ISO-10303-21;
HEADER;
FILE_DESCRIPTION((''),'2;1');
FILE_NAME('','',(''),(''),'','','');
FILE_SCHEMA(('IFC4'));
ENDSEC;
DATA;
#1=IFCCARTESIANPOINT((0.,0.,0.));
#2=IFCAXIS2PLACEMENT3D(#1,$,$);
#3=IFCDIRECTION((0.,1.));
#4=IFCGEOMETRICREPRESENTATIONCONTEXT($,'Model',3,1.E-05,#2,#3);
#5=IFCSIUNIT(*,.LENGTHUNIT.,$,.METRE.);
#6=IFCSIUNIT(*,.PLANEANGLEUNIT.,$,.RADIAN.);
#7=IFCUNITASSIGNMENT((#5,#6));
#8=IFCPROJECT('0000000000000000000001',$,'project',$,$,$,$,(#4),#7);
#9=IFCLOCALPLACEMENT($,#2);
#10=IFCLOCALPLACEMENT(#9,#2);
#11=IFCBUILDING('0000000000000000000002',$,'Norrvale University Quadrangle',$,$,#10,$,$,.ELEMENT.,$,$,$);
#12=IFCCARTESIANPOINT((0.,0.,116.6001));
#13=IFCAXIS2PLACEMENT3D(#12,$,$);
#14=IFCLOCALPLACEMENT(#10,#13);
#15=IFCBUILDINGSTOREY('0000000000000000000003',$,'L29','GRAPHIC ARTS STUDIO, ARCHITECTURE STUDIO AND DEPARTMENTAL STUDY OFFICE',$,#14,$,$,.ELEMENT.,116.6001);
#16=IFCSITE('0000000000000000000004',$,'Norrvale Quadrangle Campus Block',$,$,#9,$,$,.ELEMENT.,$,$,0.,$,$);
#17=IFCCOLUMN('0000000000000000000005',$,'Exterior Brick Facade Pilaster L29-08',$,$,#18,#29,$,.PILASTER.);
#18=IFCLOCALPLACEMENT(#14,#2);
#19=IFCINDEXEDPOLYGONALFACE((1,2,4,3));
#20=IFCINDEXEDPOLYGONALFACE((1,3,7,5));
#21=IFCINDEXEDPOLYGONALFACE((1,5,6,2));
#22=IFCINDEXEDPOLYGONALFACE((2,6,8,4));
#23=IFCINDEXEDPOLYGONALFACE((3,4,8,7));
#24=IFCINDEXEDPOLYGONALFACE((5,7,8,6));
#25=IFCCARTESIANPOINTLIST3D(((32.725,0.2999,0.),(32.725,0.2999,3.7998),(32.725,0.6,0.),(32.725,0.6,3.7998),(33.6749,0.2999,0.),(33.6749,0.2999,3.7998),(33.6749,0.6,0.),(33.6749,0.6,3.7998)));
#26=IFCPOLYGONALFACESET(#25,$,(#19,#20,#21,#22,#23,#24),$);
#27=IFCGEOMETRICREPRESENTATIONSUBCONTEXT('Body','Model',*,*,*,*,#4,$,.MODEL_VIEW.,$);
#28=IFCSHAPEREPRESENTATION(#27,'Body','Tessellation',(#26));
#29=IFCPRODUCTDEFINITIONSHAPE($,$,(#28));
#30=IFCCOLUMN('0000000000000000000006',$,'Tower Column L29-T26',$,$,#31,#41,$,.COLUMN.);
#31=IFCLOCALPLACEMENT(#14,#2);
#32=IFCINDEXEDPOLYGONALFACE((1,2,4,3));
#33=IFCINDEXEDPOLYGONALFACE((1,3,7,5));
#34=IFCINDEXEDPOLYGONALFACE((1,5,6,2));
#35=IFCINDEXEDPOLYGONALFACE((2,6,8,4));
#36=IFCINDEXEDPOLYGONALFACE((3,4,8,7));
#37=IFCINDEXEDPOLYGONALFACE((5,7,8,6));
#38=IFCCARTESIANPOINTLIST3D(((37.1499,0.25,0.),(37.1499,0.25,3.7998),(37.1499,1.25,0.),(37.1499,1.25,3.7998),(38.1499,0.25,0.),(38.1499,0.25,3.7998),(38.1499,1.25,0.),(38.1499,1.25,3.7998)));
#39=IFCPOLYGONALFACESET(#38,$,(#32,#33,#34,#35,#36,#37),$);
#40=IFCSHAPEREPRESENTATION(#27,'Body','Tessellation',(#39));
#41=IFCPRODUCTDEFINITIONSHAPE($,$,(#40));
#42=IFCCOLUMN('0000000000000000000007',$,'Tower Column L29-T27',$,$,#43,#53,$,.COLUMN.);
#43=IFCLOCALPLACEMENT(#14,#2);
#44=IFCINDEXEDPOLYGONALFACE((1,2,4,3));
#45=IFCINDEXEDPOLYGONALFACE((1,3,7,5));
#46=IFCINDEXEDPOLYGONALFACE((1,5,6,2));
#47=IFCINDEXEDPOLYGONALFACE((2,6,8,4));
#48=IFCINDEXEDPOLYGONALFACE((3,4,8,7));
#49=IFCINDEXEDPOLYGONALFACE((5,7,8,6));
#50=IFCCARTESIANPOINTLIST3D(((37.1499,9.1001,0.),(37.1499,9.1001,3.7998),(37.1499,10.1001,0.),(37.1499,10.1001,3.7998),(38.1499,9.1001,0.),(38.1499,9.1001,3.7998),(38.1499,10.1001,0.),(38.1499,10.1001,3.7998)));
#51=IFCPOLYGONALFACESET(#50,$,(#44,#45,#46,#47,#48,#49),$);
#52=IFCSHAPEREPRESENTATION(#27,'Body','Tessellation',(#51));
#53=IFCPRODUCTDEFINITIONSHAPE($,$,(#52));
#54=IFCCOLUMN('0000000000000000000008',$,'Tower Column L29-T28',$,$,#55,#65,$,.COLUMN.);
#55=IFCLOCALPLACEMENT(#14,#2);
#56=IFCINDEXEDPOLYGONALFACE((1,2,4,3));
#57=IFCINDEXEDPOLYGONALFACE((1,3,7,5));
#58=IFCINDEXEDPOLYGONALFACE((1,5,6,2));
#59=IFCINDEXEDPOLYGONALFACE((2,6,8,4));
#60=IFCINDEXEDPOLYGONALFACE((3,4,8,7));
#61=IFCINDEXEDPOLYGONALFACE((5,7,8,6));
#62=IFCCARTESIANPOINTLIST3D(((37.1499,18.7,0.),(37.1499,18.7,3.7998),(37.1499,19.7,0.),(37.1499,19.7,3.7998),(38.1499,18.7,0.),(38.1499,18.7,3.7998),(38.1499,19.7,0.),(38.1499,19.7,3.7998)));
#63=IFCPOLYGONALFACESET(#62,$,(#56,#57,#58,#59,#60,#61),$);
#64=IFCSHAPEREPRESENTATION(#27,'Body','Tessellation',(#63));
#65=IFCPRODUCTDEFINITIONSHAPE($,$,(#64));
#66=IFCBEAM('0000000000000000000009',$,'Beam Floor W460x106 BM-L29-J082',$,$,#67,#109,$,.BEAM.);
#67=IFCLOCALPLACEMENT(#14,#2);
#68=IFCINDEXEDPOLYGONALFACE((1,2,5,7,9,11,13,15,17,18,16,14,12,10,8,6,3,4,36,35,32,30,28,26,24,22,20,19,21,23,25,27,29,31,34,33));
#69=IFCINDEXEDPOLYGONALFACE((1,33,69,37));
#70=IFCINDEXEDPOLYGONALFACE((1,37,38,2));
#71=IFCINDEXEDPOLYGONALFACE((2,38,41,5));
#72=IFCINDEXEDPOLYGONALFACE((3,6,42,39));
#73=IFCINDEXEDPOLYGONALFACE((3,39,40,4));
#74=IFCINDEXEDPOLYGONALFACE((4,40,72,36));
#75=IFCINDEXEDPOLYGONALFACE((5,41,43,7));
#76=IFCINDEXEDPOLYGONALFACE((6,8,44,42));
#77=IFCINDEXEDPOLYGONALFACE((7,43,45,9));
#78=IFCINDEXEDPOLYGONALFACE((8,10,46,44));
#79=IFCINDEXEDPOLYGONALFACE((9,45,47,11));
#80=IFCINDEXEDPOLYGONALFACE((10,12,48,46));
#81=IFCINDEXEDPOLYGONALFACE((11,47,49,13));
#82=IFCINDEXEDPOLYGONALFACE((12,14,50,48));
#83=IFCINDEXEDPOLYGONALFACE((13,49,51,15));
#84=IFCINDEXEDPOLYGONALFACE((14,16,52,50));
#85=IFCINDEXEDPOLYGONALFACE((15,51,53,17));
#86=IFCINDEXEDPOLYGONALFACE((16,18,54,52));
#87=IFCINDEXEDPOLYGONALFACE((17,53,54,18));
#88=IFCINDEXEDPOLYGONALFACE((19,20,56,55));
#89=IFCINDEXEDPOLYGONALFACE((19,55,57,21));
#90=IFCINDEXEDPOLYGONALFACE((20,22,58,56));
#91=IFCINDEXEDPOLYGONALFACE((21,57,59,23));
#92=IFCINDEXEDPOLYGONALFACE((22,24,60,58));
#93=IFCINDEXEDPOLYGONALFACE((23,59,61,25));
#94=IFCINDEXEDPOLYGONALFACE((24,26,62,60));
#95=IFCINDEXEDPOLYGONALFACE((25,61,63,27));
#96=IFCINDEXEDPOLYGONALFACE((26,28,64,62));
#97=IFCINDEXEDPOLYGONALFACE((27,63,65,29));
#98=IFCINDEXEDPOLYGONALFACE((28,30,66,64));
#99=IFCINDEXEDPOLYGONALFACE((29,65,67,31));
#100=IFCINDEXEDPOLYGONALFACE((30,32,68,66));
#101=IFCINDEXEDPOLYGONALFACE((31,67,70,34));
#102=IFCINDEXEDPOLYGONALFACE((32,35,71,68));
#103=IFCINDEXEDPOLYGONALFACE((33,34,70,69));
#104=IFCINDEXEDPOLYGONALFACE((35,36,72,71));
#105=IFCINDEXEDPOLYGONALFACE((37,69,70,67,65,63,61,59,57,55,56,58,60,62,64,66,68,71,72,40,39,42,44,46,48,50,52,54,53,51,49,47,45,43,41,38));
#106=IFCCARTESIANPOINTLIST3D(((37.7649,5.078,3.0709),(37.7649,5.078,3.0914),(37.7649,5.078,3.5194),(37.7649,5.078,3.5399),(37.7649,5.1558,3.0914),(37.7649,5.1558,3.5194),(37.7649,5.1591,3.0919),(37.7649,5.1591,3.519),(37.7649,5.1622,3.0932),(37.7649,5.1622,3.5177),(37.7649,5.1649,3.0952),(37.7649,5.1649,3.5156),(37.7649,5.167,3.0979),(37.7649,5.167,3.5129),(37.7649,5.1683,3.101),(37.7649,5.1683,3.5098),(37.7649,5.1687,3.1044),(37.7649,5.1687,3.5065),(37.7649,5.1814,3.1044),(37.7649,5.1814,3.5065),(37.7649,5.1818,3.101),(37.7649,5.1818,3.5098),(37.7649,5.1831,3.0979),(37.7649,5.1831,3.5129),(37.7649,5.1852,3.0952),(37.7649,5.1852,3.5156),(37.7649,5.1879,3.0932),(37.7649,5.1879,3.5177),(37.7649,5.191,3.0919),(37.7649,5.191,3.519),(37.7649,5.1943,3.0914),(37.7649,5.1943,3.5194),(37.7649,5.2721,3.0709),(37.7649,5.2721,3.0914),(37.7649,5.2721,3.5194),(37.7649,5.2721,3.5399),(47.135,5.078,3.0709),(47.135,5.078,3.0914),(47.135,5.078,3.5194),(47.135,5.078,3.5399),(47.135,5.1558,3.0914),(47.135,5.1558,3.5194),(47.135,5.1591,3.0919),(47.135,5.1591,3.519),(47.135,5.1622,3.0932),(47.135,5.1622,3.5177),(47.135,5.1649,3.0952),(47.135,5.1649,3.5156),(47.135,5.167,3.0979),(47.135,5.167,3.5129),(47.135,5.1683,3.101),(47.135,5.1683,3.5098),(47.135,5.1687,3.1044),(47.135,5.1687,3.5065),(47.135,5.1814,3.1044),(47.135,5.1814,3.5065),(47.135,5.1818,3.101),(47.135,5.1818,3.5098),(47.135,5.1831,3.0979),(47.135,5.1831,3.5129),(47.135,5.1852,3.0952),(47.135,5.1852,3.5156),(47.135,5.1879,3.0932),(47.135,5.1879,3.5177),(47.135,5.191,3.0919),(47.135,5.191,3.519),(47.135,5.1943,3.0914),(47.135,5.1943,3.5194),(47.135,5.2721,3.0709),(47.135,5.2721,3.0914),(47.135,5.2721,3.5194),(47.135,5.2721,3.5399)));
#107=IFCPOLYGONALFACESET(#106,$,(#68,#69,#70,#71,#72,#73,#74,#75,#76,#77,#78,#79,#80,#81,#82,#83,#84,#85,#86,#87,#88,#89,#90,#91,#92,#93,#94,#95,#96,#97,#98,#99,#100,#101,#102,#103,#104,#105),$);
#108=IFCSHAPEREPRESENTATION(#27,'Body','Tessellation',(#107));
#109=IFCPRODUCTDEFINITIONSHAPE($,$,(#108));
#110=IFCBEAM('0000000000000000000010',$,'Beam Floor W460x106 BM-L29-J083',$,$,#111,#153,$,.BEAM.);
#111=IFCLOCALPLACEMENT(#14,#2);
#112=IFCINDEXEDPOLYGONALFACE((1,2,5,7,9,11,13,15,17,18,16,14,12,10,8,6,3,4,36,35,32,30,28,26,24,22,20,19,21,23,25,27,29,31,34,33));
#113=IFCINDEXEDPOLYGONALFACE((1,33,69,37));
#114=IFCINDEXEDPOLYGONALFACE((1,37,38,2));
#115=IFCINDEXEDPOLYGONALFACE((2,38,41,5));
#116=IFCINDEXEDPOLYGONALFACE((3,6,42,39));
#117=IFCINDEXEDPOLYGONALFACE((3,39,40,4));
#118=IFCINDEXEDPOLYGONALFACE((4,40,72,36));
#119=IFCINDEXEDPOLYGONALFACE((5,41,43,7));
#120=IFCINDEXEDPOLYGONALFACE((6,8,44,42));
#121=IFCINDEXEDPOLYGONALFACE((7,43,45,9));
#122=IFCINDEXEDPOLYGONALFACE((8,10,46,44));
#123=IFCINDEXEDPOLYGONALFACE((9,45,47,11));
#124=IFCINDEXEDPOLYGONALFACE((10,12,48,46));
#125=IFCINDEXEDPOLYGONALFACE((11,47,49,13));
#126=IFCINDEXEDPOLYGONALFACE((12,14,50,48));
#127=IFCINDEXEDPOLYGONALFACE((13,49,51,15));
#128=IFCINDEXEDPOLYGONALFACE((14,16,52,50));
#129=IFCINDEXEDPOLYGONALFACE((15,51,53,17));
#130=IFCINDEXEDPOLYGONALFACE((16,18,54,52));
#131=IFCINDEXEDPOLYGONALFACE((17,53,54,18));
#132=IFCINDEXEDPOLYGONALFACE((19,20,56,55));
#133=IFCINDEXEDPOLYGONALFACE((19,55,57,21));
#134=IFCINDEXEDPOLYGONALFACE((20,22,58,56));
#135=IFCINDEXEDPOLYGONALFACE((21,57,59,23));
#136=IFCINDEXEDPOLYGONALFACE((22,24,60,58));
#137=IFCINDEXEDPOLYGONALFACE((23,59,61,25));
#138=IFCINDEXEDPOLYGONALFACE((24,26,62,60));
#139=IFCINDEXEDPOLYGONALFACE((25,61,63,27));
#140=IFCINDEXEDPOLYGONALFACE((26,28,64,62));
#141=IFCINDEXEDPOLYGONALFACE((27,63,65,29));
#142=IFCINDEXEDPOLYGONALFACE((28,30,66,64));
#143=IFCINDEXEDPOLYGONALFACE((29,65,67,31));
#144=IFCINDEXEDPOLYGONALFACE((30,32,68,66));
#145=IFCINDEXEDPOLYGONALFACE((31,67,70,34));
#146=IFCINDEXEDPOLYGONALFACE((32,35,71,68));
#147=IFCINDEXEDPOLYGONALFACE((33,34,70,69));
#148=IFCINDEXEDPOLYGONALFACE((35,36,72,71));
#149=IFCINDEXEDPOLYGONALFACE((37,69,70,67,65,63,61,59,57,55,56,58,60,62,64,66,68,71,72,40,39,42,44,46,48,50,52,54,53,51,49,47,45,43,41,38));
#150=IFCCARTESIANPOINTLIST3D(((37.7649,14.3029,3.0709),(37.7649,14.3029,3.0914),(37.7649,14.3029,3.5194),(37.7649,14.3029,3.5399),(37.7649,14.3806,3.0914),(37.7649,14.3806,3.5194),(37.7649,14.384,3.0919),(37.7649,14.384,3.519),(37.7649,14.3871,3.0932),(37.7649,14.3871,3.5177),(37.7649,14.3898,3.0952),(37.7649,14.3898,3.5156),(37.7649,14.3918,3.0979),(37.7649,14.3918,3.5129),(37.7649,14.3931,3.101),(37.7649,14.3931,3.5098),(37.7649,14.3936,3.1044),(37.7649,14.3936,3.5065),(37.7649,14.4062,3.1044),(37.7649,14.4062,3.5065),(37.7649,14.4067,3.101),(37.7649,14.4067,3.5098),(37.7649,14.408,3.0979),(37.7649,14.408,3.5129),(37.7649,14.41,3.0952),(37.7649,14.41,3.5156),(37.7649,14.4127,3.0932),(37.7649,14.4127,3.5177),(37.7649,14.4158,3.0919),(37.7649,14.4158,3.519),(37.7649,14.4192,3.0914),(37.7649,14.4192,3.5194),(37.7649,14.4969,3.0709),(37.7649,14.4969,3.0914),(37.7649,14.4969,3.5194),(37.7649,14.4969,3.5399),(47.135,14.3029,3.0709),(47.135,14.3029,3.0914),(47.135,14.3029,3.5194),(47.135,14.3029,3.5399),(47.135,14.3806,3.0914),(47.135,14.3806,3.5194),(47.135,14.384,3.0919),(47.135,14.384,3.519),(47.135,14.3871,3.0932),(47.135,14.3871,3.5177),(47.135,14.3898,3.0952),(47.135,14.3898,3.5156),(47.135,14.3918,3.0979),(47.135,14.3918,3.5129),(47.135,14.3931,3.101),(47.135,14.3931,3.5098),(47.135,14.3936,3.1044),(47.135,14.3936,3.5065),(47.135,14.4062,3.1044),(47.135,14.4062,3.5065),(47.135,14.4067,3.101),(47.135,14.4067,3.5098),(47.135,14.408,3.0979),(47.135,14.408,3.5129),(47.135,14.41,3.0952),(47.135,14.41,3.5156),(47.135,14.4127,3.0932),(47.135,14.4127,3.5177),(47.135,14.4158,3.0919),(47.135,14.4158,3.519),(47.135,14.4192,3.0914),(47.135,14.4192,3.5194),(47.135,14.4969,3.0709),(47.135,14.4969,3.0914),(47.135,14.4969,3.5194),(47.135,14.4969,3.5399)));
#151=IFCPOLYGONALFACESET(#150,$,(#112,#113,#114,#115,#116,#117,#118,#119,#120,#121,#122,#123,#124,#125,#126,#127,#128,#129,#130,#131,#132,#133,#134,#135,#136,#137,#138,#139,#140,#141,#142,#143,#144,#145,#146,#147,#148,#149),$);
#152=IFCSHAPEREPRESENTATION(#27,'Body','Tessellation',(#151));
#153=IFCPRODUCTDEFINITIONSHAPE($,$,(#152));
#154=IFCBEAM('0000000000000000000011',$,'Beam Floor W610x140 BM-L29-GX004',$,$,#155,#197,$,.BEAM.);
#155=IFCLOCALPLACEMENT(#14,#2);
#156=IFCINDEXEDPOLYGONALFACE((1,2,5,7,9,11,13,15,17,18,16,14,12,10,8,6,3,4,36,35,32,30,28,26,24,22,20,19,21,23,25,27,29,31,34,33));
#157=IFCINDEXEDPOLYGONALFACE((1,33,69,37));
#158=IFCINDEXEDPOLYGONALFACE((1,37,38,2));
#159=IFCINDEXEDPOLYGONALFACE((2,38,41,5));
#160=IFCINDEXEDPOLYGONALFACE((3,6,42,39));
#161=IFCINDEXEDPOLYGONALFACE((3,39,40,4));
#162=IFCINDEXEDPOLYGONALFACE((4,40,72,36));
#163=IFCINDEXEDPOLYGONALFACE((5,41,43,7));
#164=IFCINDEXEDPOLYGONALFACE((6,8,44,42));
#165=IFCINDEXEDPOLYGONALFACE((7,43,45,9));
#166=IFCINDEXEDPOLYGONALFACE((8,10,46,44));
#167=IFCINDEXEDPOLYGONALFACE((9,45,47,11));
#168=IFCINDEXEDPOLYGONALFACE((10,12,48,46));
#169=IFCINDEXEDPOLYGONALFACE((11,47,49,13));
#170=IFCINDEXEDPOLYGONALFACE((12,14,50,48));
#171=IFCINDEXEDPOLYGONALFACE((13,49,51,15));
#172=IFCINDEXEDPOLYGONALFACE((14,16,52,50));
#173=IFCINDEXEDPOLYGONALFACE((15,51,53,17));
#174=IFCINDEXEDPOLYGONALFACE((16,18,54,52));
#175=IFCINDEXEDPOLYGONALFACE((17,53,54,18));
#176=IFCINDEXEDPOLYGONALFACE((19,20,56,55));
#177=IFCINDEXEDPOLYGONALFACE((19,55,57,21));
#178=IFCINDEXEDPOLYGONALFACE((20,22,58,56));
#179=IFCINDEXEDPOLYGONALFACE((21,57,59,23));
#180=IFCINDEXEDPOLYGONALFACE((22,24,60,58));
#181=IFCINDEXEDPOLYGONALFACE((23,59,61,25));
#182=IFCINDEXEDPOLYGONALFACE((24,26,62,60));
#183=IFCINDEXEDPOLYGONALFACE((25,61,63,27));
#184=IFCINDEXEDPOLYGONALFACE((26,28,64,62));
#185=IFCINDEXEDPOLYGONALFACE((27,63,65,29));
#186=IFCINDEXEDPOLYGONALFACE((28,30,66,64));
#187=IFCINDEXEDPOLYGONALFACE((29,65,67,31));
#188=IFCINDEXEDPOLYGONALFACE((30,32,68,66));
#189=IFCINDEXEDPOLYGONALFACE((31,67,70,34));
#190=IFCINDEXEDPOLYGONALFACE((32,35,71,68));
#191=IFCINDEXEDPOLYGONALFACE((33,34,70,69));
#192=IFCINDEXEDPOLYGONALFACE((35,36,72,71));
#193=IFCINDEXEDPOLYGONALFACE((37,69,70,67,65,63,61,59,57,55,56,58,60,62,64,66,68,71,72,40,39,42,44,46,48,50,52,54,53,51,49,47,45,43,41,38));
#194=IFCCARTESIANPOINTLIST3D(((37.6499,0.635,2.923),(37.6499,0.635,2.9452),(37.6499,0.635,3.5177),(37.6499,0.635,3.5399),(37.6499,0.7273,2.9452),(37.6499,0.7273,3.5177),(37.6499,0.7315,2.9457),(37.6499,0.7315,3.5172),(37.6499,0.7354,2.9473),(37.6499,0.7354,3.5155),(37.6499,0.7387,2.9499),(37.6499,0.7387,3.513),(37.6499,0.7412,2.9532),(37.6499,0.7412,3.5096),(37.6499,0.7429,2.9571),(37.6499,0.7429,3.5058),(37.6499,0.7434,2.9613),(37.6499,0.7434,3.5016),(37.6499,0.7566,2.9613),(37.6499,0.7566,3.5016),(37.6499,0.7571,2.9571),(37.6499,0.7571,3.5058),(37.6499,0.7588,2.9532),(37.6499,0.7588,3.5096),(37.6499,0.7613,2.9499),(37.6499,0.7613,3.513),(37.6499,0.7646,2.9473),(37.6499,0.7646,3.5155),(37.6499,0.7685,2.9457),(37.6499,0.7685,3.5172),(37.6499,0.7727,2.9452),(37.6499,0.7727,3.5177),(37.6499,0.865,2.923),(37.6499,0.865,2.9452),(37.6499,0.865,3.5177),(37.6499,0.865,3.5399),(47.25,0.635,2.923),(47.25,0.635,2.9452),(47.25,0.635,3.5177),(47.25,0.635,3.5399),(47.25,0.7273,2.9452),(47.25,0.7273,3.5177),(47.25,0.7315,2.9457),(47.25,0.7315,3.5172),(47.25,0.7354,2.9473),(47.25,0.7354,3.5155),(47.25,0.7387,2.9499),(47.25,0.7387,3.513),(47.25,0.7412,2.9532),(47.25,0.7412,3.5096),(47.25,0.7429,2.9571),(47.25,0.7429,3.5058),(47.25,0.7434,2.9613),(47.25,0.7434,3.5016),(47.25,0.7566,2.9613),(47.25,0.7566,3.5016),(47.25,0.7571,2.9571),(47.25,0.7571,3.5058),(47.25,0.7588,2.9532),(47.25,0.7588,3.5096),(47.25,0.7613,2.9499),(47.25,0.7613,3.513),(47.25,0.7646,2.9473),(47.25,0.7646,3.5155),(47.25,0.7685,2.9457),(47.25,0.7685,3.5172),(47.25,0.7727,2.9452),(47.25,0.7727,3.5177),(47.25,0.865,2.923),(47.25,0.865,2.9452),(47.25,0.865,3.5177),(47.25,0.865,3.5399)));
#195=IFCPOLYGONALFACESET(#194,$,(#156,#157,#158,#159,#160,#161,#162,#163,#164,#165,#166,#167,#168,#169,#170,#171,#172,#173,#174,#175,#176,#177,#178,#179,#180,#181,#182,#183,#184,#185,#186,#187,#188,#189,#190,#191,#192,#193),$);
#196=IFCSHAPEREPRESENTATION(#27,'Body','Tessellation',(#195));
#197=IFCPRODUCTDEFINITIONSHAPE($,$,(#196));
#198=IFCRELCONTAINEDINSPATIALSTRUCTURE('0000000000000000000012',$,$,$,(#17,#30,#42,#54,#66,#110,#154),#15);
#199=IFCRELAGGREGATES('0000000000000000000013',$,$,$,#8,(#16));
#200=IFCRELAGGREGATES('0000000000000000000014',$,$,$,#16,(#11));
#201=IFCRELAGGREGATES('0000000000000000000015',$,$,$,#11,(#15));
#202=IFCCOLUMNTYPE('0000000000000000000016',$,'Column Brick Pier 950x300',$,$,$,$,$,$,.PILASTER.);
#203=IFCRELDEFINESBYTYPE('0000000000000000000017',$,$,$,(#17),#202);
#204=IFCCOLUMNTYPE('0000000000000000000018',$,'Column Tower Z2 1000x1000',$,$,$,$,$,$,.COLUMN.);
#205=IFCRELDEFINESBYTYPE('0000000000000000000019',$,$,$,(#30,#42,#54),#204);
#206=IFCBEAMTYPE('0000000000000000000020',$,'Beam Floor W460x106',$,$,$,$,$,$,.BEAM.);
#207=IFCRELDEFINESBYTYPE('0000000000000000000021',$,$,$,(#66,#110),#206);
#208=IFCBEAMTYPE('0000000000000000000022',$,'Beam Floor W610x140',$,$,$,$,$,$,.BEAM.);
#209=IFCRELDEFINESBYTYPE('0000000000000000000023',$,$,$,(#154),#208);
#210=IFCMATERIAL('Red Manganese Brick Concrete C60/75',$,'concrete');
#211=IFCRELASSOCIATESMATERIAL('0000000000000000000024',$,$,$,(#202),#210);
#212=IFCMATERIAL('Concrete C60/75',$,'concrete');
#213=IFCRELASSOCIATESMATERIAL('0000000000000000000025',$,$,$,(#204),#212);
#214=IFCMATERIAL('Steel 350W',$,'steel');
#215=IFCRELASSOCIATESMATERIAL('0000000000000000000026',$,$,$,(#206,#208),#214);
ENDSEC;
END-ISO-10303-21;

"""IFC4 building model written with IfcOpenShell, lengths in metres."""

from ifc_helpers import new_model, si_unit, direction, frame, origin, origin_2d, place, context, subcontext, project, spatial, rectangle, i_section, extrude, material, material_profile, profile_set, type_object, element, save


model = new_model("IFC4")

# Units and contexts
model_context = context("Model", 3, precision=1e-05, world=origin(), true_north=direction((0.0, 1.0)))
body_context = subcontext(model_context, "Body", "Model", "MODEL_VIEW")
ifc_project = project(units=[si_unit("LENGTHUNIT", "METRE"), si_unit("PLANEANGLEUNIT", "RADIAN")], contexts=[model_context])

# Site, building, storey
site_placement = place(None, origin())
site = spatial("IfcSite", under=ifc_project, at=site_placement, Name="Norrvale Quadrangle Campus Block", CompositionType="ELEMENT", RefElevation=0.0)
building_placement = place(site_placement, origin())
building = spatial("IfcBuilding", under=site, at=building_placement, Name="Norrvale University Quadrangle", CompositionType="ELEMENT")
storey_placement = place(building_placement, frame((0.0, 0.0, 116.6001)))
storey = spatial("IfcBuildingStorey", under=building, at=storey_placement, Name="L29", Description="GRAPHIC ARTS STUDIO, ARCHITECTURE STUDIO AND DEPARTMENTAL STUDY OFFICE", CompositionType="ELEMENT", Elevation=116.6001)

# Columns
ifc_material_1 = material(Name="Red Manganese Brick Concrete C60/75", Category="concrete")
ifc_material_profile_1 = material_profile(ifc_material_1, rectangle(XDim=0.95, YDim=0.3, at=origin_2d()), Name="Red Manganese Brick Concrete C60/75")
ifc_profile_set_1 = profile_set([ifc_material_profile_1], Name="Red Manganese Brick Concrete C60/75")
column_type_1 = type_object("IfcColumnType", Name="Column Brick Pier 950x300", PredefinedType="PILASTER", material=ifc_profile_set_1)
column_placement = place(storey_placement, frame((33.2, 0.45, 0.0), z_axis=(0.0, 0.0, 1.0), x_axis=(1.0, 0.0, 0.0)))
element("IfcColumn", 1, at=column_placement, inside=storey, type_object=column_type_1, Name="Exterior Brick Facade Pilaster L29-08", PredefinedType="PILASTER", context=body_context, shape_type="SweptSolid", body=[
    extrude(rectangle(XDim=0.95, YDim=0.3, at=origin_2d()), origin(), (0.0, 0.0, 1.0), 3.7998),
])
ifc_material_2 = material(Name="Concrete C60/75", Category="concrete")
ifc_material_profile_2 = material_profile(ifc_material_2, rectangle(XDim=1.0, YDim=1.0, at=origin_2d()), Name="Concrete C60/75")
ifc_profile_set_2 = profile_set([ifc_material_profile_2], Name="Concrete C60/75")
column_type_2 = type_object("IfcColumnType", Name="Column Tower Z2 1000x1000", PredefinedType="COLUMN", material=ifc_profile_set_2)
for number, where, z_axis, x_axis, name in (
    (2, (37.6499, 0.75, 0.0), (0.0, 0.0, 1.0), (1.0, 0.0, 0.0), "Tower Column L29-T26"),
    (3, (37.6499, 9.6001, 0.0), (0.0, 0.0, 1.0), (1.0, 0.0, 0.0), "Tower Column L29-T27"),
    (4, (37.6499, 19.2, 0.0), (0.0, 0.0, 1.0), (1.0, 0.0, 0.0), "Tower Column L29-T28"),
):
    element("IfcColumn", number, at=place(storey_placement, frame(where, z_axis=z_axis, x_axis=x_axis)), inside=storey, type_object=column_type_2, Name=name, PredefinedType="COLUMN", context=body_context, shape_type="SweptSolid", body=[
        extrude(rectangle(XDim=1.0, YDim=1.0, at=origin_2d()), origin(), (0.0, 0.0, 1.0), 3.7998),
    ])

# Beams
ifc_material_3 = material(Name="Steel 350W", Category="steel")
ifc_material_profile_3 = material_profile(ifc_material_3, i_section(OverallWidth=0.1941, OverallDepth=0.469, WebThickness=0.0127, FlangeThickness=0.0205, FilletRadius=0.0129, at=origin_2d()), Name="Steel 350W")
ifc_profile_set_3 = profile_set([ifc_material_profile_3], Name="Steel 350W")
beam_type_1 = type_object("IfcBeamType", Name="Beam Floor W460x106", PredefinedType="BEAM", material=ifc_profile_set_3)
for number, where, z_axis, x_axis, name in (
    (5, (37.7649, 5.175, 3.3054), (1.0, 0.0, 0.0), (0.0, 1.0, 0.0), "Beam Floor W460x106 BM-L29-J082"),
    (6, (37.7649, 14.3999, 3.3054), (1.0, 0.0, 0.0), (0.0, 1.0, 0.0), "Beam Floor W460x106 BM-L29-J083"),
):
    element("IfcBeam", number, at=place(storey_placement, frame(where, z_axis=z_axis, x_axis=x_axis)), inside=storey, type_object=beam_type_1, Name=name, PredefinedType="BEAM", context=body_context, shape_type="SweptSolid", body=[
        extrude(i_section(OverallWidth=0.1941, OverallDepth=0.469, WebThickness=0.0127, FlangeThickness=0.0205, FilletRadius=0.0129, at=origin_2d()), origin(), (0.0, 0.0, 1.0), 9.3701),
    ])
ifc_material_profile_4 = material_profile(ifc_material_3, i_section(OverallWidth=0.23, OverallDepth=0.6169, WebThickness=0.0132, FlangeThickness=0.0222, FilletRadius=0.0161, at=origin_2d()), Name="Steel 350W")
ifc_profile_set_4 = profile_set([ifc_material_profile_4], Name="Steel 350W")
beam_type_2 = type_object("IfcBeamType", Name="Beam Floor W610x140", PredefinedType="BEAM", material=ifc_profile_set_4)
for number, where, z_axis, x_axis, name in (
    (7, (37.6499, 0.75, 3.2314), (1.0, 0.0, 0.0), (0.0, 1.0, 0.0), "Beam Floor W610x140 BM-L29-GX004"),
):
    element("IfcBeam", number, at=place(storey_placement, frame(where, z_axis=z_axis, x_axis=x_axis)), inside=storey, type_object=beam_type_2, Name=name, PredefinedType="BEAM", context=body_context, shape_type="SweptSolid", body=[
        extrude(i_section(OverallWidth=0.23, OverallDepth=0.6169, WebThickness=0.0132, FlangeThickness=0.0222, FilletRadius=0.0161, at=origin_2d()), origin(), (0.0, 0.0, 1.0), 9.6001),
    ])

save(model, "model.ifc")
